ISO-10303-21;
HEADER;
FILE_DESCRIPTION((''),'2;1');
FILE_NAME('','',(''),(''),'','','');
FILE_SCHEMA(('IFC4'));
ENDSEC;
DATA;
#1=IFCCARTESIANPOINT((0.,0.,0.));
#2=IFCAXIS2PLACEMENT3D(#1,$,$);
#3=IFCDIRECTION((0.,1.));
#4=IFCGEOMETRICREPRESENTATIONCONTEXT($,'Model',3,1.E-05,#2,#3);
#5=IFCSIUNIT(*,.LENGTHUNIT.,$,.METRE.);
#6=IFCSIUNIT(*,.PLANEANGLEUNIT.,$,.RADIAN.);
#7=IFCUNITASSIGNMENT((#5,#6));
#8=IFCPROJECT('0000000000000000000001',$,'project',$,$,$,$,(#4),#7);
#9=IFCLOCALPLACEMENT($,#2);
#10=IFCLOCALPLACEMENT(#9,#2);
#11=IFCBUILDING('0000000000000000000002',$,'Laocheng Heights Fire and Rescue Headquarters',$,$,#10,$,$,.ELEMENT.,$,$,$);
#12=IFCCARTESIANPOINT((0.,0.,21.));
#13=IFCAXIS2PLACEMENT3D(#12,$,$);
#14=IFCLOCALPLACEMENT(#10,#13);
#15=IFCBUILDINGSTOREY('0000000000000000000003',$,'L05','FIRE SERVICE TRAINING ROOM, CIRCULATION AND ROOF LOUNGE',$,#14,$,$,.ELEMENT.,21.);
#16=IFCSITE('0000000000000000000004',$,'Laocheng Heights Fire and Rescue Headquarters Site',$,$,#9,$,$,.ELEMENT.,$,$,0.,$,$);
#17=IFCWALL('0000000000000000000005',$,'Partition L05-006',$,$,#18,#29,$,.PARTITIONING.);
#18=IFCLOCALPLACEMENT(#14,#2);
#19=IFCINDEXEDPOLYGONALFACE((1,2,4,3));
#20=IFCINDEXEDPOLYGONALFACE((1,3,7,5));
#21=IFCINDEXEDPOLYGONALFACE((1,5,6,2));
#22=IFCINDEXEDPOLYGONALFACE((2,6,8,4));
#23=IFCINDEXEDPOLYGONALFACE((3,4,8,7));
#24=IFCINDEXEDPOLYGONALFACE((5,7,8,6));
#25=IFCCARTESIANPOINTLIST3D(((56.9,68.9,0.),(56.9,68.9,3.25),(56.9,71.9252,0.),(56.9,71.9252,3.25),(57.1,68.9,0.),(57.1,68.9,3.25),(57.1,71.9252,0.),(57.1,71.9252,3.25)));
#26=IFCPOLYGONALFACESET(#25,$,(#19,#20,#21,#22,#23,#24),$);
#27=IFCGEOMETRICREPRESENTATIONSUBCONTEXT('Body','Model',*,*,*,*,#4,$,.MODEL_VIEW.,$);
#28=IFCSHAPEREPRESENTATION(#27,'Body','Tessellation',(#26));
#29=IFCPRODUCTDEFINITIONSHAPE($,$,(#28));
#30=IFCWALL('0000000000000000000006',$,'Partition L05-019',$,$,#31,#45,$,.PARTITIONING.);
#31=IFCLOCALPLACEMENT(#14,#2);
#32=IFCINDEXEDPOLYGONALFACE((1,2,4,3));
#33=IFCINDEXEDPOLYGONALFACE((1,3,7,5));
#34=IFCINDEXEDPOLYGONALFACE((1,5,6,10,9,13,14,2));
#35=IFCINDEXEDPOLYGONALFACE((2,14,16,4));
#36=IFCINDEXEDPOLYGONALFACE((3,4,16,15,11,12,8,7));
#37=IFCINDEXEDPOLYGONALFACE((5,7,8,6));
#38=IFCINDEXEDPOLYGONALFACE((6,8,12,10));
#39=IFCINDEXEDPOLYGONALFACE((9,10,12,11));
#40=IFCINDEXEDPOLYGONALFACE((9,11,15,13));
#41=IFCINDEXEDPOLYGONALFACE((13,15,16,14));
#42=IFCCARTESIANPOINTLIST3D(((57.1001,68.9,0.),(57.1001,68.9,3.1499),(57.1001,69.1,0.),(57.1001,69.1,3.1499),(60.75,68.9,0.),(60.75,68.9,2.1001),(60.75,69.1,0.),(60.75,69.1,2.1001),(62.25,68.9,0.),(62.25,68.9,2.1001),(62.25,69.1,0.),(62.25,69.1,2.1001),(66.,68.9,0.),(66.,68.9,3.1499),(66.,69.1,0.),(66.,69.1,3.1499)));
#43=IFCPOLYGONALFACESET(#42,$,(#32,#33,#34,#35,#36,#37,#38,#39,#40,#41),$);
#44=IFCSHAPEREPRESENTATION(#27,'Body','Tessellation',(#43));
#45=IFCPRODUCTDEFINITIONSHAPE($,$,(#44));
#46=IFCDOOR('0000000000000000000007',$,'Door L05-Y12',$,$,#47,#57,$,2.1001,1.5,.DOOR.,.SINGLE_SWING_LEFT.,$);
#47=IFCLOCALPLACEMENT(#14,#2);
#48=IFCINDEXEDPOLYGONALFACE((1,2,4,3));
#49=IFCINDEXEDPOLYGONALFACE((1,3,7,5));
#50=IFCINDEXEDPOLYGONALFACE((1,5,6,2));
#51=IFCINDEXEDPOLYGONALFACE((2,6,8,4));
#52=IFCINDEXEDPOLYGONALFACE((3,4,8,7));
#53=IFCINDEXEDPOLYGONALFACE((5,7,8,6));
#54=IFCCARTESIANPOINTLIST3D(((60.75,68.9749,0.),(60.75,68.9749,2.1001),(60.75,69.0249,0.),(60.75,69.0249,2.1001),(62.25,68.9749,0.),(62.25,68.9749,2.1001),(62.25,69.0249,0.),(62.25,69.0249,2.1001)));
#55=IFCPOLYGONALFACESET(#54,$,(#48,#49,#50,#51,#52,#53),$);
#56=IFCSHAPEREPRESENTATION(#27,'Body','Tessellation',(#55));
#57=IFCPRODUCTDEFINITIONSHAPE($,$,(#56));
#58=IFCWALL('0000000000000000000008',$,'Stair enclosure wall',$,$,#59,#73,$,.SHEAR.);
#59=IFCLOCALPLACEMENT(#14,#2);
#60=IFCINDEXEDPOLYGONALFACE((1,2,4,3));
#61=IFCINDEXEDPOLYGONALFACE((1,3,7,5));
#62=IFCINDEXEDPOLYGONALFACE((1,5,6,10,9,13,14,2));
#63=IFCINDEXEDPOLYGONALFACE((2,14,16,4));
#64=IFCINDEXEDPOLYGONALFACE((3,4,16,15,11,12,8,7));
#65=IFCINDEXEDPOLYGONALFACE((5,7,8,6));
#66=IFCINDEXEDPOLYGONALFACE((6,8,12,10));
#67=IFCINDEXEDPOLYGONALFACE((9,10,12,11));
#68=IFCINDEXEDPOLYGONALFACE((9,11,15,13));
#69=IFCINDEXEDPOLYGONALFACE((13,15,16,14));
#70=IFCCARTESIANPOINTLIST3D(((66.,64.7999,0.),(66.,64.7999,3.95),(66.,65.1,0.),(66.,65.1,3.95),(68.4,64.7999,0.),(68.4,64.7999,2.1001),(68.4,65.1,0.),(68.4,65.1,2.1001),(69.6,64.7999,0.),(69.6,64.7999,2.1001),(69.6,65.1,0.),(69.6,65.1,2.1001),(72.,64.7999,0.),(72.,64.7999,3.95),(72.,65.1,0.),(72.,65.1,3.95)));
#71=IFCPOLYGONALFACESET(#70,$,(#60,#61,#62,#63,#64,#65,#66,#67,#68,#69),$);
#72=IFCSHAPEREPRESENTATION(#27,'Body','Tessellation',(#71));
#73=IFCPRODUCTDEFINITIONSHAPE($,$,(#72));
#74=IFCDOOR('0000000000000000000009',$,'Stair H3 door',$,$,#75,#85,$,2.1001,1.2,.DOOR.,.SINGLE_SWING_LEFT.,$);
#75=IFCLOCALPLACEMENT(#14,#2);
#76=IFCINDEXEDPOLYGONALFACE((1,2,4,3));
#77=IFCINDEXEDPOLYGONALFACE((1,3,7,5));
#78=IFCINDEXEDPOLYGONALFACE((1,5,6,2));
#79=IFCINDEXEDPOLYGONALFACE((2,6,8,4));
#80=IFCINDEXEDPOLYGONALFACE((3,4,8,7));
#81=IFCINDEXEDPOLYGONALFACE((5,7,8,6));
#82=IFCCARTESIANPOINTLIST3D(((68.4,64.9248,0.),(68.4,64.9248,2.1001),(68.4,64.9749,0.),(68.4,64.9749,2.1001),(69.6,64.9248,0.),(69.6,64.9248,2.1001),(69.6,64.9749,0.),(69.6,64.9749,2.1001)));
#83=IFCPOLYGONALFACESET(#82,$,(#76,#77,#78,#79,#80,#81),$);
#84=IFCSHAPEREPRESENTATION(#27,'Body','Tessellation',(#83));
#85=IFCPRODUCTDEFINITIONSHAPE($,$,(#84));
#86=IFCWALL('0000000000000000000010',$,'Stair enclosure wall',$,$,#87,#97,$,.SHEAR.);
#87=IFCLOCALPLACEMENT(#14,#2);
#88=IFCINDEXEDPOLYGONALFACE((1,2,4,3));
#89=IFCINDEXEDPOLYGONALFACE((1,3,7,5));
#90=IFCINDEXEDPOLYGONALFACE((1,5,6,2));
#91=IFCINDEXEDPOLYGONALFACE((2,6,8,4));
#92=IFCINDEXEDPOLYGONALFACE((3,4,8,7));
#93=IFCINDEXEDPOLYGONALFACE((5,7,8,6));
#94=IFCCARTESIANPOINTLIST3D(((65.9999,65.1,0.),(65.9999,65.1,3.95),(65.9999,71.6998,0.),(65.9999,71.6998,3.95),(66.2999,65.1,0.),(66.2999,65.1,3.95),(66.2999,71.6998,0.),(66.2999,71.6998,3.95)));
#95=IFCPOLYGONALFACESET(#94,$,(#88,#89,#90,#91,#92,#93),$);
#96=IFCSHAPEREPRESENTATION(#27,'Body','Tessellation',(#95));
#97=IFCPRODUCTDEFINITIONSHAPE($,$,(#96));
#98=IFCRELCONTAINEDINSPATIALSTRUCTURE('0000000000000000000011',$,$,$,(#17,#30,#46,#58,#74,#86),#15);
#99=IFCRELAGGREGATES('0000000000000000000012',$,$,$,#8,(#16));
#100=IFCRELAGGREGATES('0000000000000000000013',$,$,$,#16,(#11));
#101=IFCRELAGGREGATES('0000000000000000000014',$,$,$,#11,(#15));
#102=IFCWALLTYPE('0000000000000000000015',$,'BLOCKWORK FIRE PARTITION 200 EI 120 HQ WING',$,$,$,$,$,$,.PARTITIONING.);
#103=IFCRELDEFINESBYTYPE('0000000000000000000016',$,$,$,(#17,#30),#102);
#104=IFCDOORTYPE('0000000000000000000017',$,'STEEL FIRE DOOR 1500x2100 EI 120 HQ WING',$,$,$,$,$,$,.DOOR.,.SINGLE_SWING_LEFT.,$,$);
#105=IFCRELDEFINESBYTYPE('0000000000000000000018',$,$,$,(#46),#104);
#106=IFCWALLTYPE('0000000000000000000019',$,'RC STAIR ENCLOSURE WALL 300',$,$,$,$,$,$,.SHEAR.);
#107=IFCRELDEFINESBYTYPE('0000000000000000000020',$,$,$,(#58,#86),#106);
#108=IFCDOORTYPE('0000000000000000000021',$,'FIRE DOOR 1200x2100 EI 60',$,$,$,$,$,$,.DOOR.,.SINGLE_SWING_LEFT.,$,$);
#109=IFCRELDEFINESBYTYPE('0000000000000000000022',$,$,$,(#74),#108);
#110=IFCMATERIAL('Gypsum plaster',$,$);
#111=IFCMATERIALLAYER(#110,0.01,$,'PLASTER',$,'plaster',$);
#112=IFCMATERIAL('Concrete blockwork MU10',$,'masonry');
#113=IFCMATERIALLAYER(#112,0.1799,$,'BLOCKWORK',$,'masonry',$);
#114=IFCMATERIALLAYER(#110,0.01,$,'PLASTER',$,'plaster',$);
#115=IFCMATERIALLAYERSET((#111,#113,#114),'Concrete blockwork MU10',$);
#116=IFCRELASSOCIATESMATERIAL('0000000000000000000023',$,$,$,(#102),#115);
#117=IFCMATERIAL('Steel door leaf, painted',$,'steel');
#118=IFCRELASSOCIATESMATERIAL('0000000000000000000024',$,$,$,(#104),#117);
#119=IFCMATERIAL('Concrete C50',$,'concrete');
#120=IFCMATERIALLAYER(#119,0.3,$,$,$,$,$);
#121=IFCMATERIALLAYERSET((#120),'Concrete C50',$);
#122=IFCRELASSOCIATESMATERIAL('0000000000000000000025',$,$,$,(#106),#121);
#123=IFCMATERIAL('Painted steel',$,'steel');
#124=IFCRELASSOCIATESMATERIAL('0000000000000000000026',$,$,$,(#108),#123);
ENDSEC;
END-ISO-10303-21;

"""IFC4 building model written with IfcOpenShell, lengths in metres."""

from ifc_helpers import new_model, si_unit, direction, frame, frame_2d, origin, place, context, subcontext, project, spatial, rectangle, extrude, material, layer, layer_set, type_object, element, fill, save


model = new_model("IFC4")

# Units and contexts
model_context = context("Model", 3, precision=1e-05, world=origin(), true_north=direction((0.0, 1.0)))
body_context = subcontext(model_context, "Body", "Model", "MODEL_VIEW")
ifc_project = project(units=[si_unit("LENGTHUNIT", "METRE"), si_unit("PLANEANGLEUNIT", "RADIAN")], contexts=[model_context])

# Site, building, storey
site_placement = place(None, origin())
site = spatial("IfcSite", under=ifc_project, at=site_placement, Name="Laocheng Heights Fire and Rescue Headquarters Site", CompositionType="ELEMENT", RefElevation=0.0)
building_placement = place(site_placement, origin())
building = spatial("IfcBuilding", under=site, at=building_placement, Name="Laocheng Heights Fire and Rescue Headquarters", CompositionType="ELEMENT")
storey_placement = place(building_placement, frame((0.0, 0.0, 21.0)))
storey = spatial("IfcBuildingStorey", under=building, at=storey_placement, Name="L05", Description="FIRE SERVICE TRAINING ROOM, CIRCULATION AND ROOF LOUNGE", CompositionType="ELEMENT", Elevation=21.0)

# Wall
ifc_material_1 = material(Name="Gypsum plaster")
ifc_layer_1 = layer(ifc_material_1, 0.01, Name="PLASTER", Category="plaster")
ifc_material_2 = material(Name="Concrete blockwork MU10", Category="masonry")
ifc_layer_2 = layer(ifc_material_2, 0.1799, Name="BLOCKWORK", Category="masonry")
ifc_layer_3 = layer(ifc_material_1, 0.01, Name="PLASTER", Category="plaster")
ifc_layer_set_1 = layer_set([ifc_layer_1, ifc_layer_2, ifc_layer_3], Name="Concrete blockwork MU10")
wall_type_1 = type_object("IfcWallType", Name="BLOCKWORK FIRE PARTITION 200 EI 120 HQ WING", PredefinedType="PARTITIONING", material=ifc_layer_set_1)
wall_1_placement = place(storey_placement, frame((57.0, 68.8999, 0.0), z_axis=(0.0, 0.0, 1.0), x_axis=(0.0, 1.0, 0.0)))
element("IfcWall", 1, at=wall_1_placement, inside=storey, type_object=wall_type_1, Name="Partition L05-006", PredefinedType="PARTITIONING", context=body_context, shape_type="SweptSolid", body=[
    extrude(rectangle(XDim=3.0251, YDim=0.2, at=frame_2d((1.5127, 0.0))), origin(), (0.0, 0.0, 1.0), 3.25),
])

# Walls, openings, doors
wall_2_placement = place(storey_placement, frame((57.1001, 69.0, 0.0), z_axis=(0.0, 0.0, 1.0), x_axis=(1.0, 0.0, 0.0)))
wall_2 = element("IfcWall", 2, at=wall_2_placement, inside=storey, type_object=wall_type_1, Name="Partition L05-019", PredefinedType="PARTITIONING", context=body_context, shape_type="SweptSolid", body=[
    extrude(rectangle(XDim=8.8999, YDim=0.2, at=frame_2d((4.45, 0.0))), origin(), (0.0, 0.0, 1.0), 3.1499),
])
opening_1_placement = place(wall_2_placement, frame((3.6499, 0.0, 0.0)))
opening_1 = element("IfcOpeningElement", 3, at=opening_1_placement, cuts=wall_2, PredefinedType="OPENING", context=body_context, shape_type="SweptSolid", body=[
    extrude(rectangle(XDim=1.5, YDim=2.1001, at=frame_2d((0.75, 1.05))), frame((0.0, 0.1099, 0.0), z_axis=(0.0, -1.0, 0.0), x_axis=(1.0, 0.0, 0.0)), (0.0, 0.0, 1.0), 0.22),
])
ifc_material_3 = material(Name="Steel door leaf, painted", Category="steel")
door_type_1 = type_object("IfcDoorType", Name="STEEL FIRE DOOR 1500x2100 EI 120 HQ WING", OperationType="SINGLE_SWING_LEFT", PredefinedType="DOOR", material=ifc_material_3)
door_1_placement = place(opening_1_placement, origin())
door_1 = element("IfcDoor", 4, at=door_1_placement, inside=storey, type_object=door_type_1, Name="Door L05-Y12", OperationType="SINGLE_SWING_LEFT", OverallHeight=2.1001, OverallWidth=1.5, PredefinedType="DOOR", context=body_context, shape_type="SweptSolid", body=[
    extrude(rectangle(XDim=1.5, YDim=2.1001, at=frame_2d((0.75, 1.05))), frame((0.0, 0.0249, 0.0), z_axis=(0.0, -1.0, 0.0), x_axis=(1.0, 0.0, 0.0)), (0.0, 0.0, 1.0), 0.05),
])
fill(opening_1, door_1)
ifc_material_4 = material(Name="Concrete C50", Category="concrete")
ifc_layer_4 = layer(ifc_material_4, 0.3)
ifc_layer_set_2 = layer_set([ifc_layer_4], Name="Concrete C50")
wall_type_2 = type_object("IfcWallType", Name="RC STAIR ENCLOSURE WALL 300", PredefinedType="SHEAR", material=ifc_layer_set_2)
wall_3_placement = place(storey_placement, frame((66.0, 64.95, 0.0), z_axis=(0.0, 0.0, 1.0), x_axis=(1.0, 0.0, 0.0)))
wall_3 = element("IfcWall", 5, at=wall_3_placement, inside=storey, type_object=wall_type_2, Name="Stair enclosure wall", PredefinedType="SHEAR", context=body_context, shape_type="SweptSolid", body=[
    extrude(rectangle(XDim=6.0, YDim=0.3, at=frame_2d((3.0, 0.0))), origin(), (0.0, 0.0, 1.0), 3.95),
])
opening_2_placement = place(wall_3_placement, frame((2.3999, 0.0, 0.0)))
opening_2 = element("IfcOpeningElement", 6, at=opening_2_placement, cuts=wall_3, PredefinedType="OPENING", context=body_context, shape_type="SweptSolid", body=[
    extrude(rectangle(XDim=1.2, YDim=2.1001, at=frame_2d((0.6001, 1.05))), frame((0.0, 0.1599, 0.0), z_axis=(0.0, -1.0, 0.0), x_axis=(1.0, 0.0, 0.0)), (0.0, 0.0, 1.0), 0.3201),
])
ifc_material_5 = material(Name="Painted steel", Category="steel")
door_type_2 = type_object("IfcDoorType", Name="FIRE DOOR 1200x2100 EI 60", OperationType="SINGLE_SWING_LEFT", PredefinedType="DOOR", material=ifc_material_5)
door_2_placement = place(opening_2_placement, origin())
door_2 = element("IfcDoor", 7, at=door_2_placement, inside=storey, type_object=door_type_2, Name="Stair H3 door", OperationType="SINGLE_SWING_LEFT", OverallHeight=2.1001, OverallWidth=1.2, PredefinedType="DOOR", context=body_context, shape_type="SweptSolid", body=[
    extrude(rectangle(XDim=1.2, YDim=2.1001, at=frame_2d((0.6001, 1.05))), frame((0.0, 0.0249, 0.0), z_axis=(0.0, -1.0, 0.0), x_axis=(1.0, 0.0, 0.0)), (0.0, 0.0, 1.0), 0.05),
])
fill(opening_2, door_2)

# Wall
wall_4_placement = place(storey_placement, frame((66.1499, 65.1001, 0.0), z_axis=(0.0, 0.0, 1.0), x_axis=(0.0, 1.0, 0.0)))
element("IfcWall", 8, at=wall_4_placement, inside=storey, type_object=wall_type_2, Name="Stair enclosure wall", PredefinedType="SHEAR", context=body_context, shape_type="SweptSolid", body=[
    extrude(rectangle(XDim=6.5999, YDim=0.3, at=frame_2d((3.2998, 0.0))), origin(), (0.0, 0.0, 1.0), 3.95),
])

save(model, "model.ifc")
